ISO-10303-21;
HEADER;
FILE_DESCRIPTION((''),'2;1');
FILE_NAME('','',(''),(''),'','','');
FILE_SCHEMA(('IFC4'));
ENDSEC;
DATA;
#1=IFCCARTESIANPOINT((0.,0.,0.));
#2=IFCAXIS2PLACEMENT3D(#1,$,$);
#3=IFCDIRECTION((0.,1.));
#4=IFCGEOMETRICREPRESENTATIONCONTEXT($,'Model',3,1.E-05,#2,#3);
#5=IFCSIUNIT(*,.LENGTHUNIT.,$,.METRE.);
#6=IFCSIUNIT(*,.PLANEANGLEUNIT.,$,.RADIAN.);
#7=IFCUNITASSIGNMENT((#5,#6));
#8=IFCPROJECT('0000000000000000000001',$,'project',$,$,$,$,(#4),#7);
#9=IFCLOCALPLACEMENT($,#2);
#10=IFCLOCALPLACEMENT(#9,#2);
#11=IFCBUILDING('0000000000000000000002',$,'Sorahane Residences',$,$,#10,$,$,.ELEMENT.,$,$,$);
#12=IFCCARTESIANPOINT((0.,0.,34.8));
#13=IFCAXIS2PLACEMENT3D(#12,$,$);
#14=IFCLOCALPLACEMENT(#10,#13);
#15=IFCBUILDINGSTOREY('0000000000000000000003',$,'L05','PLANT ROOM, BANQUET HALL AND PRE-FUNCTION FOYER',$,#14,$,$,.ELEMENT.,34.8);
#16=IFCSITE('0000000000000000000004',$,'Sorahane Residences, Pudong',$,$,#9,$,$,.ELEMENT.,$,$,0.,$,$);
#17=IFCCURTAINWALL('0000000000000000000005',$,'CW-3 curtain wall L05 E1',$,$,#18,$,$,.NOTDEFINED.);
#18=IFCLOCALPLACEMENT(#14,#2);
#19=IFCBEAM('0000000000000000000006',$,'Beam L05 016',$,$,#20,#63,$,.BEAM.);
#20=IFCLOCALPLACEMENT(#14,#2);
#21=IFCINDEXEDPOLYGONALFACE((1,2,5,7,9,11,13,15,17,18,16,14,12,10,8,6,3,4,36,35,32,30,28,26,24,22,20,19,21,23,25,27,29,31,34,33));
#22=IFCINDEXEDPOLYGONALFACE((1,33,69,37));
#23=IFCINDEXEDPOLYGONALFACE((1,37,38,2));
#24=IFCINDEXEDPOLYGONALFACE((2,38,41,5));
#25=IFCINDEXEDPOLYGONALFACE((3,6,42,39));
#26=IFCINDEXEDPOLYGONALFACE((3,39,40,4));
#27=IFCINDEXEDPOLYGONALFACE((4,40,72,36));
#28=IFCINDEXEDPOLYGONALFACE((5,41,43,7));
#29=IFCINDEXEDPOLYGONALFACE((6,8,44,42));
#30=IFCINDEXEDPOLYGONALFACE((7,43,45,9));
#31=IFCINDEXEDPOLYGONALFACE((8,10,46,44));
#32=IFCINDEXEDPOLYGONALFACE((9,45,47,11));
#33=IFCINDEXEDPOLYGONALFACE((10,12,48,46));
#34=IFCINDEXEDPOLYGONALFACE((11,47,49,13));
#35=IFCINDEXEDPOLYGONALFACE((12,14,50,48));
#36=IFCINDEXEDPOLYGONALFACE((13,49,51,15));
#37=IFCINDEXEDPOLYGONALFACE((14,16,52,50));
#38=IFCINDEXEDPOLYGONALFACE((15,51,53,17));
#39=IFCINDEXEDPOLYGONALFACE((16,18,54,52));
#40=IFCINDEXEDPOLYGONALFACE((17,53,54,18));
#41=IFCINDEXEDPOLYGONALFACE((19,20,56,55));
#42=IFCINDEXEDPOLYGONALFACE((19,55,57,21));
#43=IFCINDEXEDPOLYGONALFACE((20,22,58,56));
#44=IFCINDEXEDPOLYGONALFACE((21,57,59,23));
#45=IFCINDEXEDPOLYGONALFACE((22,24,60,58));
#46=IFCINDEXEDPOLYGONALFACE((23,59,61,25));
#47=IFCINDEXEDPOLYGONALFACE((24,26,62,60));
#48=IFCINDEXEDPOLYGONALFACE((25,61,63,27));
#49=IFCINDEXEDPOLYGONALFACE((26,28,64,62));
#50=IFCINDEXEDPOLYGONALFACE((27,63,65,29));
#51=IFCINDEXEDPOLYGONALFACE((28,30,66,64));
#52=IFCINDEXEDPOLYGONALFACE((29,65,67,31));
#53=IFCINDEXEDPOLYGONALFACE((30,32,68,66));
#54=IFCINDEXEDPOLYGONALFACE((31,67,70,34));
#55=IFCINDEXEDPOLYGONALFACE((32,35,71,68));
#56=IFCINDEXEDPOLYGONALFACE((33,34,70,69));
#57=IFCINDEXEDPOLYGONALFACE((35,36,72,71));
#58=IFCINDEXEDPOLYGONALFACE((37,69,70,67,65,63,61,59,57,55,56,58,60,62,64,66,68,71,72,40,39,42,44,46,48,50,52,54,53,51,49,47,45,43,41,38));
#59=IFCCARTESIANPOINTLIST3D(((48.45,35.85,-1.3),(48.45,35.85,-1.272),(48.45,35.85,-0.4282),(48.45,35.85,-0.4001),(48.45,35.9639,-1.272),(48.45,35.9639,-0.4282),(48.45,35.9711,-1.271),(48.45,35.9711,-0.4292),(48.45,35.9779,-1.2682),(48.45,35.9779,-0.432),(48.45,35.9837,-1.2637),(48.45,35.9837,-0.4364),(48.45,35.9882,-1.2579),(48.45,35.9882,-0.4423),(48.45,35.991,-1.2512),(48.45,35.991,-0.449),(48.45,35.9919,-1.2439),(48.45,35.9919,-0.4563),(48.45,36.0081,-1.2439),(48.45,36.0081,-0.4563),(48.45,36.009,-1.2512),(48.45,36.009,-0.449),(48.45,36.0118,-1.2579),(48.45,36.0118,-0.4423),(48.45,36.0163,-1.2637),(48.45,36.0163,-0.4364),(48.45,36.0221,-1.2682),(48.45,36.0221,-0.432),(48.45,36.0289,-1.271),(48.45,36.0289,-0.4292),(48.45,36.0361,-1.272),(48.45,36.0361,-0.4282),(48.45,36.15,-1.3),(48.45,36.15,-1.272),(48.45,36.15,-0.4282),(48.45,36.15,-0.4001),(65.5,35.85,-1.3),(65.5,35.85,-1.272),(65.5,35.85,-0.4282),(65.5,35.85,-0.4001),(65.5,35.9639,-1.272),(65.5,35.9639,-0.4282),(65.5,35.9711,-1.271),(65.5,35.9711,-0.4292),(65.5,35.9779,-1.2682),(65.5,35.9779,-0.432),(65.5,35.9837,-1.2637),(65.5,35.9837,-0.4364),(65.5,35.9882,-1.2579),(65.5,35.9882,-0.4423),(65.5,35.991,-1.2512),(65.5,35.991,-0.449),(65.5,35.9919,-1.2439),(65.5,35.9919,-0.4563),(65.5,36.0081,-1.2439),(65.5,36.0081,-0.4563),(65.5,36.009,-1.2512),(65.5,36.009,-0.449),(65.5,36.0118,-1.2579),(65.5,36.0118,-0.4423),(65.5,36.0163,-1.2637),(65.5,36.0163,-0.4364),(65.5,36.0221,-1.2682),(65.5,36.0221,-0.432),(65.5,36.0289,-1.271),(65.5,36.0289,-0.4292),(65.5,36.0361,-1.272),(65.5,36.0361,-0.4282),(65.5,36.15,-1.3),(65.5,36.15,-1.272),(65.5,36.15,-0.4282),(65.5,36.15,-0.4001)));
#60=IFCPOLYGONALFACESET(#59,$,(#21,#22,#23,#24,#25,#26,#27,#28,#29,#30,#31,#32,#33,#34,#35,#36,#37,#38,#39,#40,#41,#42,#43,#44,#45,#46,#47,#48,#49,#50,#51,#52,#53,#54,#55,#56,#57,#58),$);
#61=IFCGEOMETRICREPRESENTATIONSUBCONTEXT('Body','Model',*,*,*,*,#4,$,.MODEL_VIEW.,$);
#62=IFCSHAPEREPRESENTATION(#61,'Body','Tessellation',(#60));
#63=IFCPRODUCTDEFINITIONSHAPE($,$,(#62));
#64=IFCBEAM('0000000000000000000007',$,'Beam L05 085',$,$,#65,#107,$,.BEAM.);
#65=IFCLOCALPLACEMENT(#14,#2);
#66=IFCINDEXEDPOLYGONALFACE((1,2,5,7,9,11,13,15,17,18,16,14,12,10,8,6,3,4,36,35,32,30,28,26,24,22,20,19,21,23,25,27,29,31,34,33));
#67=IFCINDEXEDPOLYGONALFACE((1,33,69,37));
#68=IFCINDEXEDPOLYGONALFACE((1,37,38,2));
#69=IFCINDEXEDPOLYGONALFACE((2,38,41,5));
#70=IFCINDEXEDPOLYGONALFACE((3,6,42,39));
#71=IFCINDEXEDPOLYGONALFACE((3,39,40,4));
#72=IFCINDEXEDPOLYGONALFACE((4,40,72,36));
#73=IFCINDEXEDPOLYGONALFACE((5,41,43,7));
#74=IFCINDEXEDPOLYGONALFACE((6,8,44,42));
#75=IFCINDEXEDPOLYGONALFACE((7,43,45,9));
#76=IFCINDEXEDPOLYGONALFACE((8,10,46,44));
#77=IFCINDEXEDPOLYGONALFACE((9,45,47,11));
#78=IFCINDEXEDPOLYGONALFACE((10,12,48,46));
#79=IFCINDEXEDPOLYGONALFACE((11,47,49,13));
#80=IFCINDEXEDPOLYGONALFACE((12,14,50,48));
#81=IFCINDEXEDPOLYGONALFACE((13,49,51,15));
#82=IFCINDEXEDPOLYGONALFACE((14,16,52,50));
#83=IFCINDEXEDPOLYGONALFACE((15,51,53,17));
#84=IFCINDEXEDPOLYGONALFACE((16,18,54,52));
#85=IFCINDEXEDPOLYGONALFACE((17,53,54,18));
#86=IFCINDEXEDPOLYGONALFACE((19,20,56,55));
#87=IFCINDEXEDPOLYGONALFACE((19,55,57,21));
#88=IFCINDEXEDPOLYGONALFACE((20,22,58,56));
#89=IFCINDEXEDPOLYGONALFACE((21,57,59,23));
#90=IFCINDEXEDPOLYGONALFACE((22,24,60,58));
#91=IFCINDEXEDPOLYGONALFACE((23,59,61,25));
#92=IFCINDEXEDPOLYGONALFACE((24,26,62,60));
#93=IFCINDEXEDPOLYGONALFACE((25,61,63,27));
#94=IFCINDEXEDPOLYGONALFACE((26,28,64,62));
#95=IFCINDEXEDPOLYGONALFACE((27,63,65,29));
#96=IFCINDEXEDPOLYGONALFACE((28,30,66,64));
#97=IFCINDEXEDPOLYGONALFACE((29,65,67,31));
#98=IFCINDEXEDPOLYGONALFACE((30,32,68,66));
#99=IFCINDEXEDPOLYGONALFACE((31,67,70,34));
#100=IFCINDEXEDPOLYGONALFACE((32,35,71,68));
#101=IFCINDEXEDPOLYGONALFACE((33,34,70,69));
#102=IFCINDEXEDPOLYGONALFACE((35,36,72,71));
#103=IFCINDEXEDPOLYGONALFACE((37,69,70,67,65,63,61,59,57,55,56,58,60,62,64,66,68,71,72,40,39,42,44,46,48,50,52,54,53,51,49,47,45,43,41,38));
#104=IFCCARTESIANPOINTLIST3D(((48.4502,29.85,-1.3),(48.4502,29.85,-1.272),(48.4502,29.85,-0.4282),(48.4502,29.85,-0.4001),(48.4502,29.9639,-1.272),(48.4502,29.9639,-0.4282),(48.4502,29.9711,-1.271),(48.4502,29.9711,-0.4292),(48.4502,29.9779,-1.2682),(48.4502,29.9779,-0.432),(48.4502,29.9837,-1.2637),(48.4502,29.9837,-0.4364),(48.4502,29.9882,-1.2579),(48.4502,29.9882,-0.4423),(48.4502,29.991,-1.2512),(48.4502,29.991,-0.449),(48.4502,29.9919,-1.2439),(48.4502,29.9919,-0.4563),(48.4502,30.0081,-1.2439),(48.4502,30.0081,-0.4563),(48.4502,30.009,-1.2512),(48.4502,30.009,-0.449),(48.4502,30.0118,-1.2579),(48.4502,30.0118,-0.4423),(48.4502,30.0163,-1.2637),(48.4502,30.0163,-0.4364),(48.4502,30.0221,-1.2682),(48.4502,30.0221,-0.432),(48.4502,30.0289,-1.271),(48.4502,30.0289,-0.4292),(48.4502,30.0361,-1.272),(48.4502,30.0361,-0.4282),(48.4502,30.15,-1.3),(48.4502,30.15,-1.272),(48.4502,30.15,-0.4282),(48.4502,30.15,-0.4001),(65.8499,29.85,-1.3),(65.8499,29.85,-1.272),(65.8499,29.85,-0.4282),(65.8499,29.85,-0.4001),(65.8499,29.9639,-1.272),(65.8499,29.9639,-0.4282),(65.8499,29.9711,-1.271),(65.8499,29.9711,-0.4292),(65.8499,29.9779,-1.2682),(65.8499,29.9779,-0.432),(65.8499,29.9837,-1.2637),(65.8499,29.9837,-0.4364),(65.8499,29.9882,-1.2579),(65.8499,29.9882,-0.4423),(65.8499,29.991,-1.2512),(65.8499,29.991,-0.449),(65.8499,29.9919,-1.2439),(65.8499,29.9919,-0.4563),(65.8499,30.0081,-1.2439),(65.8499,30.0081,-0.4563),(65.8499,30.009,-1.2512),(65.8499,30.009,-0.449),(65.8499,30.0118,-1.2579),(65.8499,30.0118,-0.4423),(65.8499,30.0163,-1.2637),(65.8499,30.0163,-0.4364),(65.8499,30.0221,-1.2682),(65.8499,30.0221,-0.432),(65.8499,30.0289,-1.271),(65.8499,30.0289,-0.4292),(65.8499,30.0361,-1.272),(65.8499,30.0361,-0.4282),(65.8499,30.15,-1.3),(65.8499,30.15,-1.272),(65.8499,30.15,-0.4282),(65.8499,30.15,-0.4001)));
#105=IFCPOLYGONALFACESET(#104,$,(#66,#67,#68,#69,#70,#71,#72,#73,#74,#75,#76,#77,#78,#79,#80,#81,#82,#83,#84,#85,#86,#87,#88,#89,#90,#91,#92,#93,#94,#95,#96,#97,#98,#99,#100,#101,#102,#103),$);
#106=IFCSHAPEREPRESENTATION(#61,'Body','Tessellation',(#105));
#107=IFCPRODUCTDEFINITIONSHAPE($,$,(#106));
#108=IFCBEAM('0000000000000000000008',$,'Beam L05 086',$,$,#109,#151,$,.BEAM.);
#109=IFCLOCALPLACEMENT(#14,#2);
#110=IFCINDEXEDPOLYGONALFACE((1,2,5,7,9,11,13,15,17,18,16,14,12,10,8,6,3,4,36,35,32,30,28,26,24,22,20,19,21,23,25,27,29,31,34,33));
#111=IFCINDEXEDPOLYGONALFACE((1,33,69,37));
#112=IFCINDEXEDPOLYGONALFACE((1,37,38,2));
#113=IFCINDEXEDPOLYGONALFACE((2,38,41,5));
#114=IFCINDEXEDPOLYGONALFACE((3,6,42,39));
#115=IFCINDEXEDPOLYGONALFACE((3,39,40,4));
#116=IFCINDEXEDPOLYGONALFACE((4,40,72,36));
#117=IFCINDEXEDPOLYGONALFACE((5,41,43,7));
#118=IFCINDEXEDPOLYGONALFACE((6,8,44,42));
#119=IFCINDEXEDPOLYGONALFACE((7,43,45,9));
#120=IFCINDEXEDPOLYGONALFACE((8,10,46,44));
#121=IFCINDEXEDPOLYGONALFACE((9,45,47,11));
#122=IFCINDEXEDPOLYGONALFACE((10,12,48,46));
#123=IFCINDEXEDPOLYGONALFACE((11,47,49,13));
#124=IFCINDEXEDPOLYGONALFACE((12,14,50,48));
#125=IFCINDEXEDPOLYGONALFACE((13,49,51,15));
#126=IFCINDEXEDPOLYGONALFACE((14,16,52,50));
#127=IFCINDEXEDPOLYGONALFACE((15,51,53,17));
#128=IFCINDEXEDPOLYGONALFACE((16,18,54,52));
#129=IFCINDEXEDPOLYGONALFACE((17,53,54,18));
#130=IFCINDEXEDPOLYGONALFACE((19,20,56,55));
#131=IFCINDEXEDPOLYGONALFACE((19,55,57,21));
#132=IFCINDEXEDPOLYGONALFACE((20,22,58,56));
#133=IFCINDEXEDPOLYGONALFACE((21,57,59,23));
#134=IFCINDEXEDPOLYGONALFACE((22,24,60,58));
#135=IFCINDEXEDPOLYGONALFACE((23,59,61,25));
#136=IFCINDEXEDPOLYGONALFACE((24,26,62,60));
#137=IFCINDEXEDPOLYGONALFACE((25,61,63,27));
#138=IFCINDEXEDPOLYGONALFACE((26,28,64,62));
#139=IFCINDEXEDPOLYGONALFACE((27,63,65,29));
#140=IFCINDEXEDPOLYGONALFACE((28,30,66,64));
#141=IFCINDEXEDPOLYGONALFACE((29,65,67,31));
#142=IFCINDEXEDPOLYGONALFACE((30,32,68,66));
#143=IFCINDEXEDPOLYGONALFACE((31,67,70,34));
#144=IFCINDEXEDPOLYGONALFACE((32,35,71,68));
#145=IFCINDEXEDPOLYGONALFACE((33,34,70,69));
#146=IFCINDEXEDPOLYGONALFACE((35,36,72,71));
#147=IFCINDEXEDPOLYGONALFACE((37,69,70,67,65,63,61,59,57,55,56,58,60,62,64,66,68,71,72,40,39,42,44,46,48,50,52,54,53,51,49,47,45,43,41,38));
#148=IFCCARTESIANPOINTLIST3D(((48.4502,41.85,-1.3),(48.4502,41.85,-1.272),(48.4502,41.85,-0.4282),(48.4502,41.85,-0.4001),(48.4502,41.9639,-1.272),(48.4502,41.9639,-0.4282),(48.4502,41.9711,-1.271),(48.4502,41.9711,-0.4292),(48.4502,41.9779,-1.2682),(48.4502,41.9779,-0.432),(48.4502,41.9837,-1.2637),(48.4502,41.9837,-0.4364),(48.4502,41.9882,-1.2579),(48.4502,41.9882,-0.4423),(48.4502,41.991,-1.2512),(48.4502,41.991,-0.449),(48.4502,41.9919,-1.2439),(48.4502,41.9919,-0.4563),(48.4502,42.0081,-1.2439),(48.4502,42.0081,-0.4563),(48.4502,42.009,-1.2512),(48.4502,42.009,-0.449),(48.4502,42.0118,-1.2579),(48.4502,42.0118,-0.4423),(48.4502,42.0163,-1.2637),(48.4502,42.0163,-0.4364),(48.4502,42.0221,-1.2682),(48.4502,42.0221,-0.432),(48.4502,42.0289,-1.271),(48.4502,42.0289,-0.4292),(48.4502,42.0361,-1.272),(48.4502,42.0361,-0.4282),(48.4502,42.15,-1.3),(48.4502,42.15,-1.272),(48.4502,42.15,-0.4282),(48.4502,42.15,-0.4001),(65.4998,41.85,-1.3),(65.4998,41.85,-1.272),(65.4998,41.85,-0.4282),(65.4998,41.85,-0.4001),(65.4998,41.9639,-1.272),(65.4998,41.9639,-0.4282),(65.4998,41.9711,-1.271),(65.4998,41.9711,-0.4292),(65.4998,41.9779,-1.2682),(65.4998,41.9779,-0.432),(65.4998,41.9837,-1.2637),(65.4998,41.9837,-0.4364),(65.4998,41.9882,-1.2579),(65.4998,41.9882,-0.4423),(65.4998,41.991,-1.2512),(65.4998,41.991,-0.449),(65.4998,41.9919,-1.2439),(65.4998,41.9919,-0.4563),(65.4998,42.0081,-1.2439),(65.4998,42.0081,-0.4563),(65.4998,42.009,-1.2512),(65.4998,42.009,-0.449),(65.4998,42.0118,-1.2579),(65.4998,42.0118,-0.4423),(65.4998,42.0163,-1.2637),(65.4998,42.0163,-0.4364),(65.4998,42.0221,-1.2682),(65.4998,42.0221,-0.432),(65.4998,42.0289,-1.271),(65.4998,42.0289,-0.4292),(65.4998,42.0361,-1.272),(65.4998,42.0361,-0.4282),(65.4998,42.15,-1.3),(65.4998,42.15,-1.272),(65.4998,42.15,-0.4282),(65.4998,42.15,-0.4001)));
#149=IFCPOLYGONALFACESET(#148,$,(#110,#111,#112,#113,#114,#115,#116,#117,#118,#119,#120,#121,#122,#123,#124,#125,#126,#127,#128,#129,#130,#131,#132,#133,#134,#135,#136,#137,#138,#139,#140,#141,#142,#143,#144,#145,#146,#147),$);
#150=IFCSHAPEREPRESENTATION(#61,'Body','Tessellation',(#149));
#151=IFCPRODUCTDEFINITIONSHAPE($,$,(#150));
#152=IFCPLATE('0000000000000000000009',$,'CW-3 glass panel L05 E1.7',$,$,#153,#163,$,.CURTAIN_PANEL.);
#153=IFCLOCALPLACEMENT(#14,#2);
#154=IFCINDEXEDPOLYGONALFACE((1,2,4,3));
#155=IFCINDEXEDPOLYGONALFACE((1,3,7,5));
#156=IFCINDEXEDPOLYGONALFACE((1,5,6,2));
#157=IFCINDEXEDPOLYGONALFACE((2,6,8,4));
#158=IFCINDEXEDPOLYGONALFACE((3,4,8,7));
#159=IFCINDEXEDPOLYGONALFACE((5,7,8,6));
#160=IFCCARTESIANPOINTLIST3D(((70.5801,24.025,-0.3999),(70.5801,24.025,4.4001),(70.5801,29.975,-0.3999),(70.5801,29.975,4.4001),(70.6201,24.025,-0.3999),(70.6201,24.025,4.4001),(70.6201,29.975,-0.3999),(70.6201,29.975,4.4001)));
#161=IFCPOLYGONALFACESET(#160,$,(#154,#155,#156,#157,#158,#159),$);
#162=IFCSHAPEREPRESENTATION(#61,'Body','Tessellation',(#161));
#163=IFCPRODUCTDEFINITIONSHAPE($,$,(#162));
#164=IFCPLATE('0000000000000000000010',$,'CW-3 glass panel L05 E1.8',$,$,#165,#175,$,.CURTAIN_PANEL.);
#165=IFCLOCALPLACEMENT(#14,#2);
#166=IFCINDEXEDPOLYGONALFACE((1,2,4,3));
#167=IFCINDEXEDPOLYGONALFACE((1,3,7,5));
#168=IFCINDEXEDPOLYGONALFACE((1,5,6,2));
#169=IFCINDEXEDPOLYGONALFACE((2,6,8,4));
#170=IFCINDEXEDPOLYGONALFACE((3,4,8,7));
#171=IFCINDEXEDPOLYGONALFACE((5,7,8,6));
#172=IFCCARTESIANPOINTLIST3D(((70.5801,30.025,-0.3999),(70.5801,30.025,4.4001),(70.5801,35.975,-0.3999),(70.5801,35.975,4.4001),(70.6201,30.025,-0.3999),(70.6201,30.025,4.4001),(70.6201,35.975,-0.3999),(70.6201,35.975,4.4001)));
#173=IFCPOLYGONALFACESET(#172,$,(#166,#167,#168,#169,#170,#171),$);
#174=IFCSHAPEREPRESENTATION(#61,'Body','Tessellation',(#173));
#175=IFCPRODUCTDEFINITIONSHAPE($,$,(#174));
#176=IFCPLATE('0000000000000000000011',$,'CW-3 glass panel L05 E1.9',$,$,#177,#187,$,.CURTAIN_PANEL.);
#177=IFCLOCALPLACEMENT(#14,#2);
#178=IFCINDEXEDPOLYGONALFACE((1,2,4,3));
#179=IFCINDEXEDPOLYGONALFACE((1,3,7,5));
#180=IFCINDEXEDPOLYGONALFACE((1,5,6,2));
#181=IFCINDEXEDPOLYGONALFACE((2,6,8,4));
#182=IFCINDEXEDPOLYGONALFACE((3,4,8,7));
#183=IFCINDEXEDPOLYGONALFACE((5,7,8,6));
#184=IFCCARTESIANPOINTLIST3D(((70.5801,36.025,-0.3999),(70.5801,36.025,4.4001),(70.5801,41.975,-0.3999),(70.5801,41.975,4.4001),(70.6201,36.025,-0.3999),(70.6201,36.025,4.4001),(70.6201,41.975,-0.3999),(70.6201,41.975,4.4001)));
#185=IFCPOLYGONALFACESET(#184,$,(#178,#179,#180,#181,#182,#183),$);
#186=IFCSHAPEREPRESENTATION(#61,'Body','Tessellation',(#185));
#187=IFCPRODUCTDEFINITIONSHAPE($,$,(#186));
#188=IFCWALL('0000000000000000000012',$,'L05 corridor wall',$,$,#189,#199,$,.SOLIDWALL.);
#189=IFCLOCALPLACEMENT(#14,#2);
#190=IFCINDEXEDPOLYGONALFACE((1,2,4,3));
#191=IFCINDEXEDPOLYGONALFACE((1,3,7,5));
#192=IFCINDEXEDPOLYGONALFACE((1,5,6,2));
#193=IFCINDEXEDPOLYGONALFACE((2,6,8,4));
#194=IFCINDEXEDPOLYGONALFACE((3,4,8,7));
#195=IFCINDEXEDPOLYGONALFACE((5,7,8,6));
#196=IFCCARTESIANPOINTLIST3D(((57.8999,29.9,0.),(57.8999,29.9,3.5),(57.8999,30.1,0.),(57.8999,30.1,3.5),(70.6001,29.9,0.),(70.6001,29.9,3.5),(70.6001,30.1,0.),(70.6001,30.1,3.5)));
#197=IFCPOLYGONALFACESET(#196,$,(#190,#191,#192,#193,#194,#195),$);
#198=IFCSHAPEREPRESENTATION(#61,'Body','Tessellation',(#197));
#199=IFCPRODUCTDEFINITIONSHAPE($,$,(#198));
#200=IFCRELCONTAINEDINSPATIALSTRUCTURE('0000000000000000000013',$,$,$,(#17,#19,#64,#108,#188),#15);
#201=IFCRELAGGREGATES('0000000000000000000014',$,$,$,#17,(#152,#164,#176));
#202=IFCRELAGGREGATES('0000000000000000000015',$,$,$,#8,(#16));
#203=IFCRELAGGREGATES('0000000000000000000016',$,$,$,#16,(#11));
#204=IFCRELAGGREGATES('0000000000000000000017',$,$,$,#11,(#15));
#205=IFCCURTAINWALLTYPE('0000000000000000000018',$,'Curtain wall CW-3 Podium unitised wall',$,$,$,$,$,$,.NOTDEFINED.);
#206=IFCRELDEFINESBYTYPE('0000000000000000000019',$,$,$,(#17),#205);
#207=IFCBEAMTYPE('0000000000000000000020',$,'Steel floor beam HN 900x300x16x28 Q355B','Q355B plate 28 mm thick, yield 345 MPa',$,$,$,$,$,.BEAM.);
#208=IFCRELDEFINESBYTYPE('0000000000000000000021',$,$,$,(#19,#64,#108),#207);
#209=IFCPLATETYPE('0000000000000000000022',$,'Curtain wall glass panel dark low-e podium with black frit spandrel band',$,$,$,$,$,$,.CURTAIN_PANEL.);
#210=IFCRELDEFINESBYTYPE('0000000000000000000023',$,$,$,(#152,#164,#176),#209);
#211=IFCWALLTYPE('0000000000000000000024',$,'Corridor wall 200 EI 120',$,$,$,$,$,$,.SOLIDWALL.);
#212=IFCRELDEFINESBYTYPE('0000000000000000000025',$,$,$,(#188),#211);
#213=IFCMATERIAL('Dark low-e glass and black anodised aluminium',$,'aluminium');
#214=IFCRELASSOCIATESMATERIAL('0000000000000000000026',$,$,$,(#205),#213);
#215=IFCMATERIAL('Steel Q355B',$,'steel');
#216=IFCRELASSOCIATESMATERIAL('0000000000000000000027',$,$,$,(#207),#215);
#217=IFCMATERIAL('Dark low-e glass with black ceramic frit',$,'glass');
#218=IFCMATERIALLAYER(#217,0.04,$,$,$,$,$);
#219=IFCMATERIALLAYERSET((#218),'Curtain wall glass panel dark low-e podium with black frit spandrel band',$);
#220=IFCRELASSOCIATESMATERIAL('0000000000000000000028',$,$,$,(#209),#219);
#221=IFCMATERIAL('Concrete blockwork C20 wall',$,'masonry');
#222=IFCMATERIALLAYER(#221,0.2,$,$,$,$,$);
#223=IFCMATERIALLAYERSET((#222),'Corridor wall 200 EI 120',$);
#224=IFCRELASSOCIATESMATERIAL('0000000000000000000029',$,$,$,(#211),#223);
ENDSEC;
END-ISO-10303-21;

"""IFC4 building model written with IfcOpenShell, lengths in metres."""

from ifc_helpers import new_model, si_unit, direction, frame, frame_2d, origin, origin_2d, place, context, subcontext, project, spatial, rectangle, i_section, extrude, material, layer, layer_set, material_profile, profile_set, type_object, element, aggregate, save


model = new_model("IFC4")

# Units and contexts
model_context = context("Model", 3, precision=1e-05, world=origin(), true_north=direction((0.0, 1.0)))
body_context = subcontext(model_context, "Body", "Model", "MODEL_VIEW")
ifc_project = project(units=[si_unit("LENGTHUNIT", "METRE"), si_unit("PLANEANGLEUNIT", "RADIAN")], contexts=[model_context])

# Site, building, storey
site_placement = place(None, origin())
site = spatial("IfcSite", under=ifc_project, at=site_placement, Name="Sorahane Residences, Pudong", CompositionType="ELEMENT", RefElevation=0.0)
building_placement = place(site_placement, origin())
building = spatial("IfcBuilding", under=site, at=building_placement, Name="Sorahane Residences", CompositionType="ELEMENT")
storey_placement = place(building_placement, frame((0.0, 0.0, 34.8)))
storey = spatial("IfcBuildingStorey", under=building, at=storey_placement, Name="L05", Description="PLANT ROOM, BANQUET HALL AND PRE-FUNCTION FOYER", CompositionType="ELEMENT", Elevation=34.8)

# Curtain wall
ifc_material_1 = material(Name="Dark low-e glass and black anodised aluminium", Category="aluminium")
curtain_wall_type = type_object("IfcCurtainWallType", Name="Curtain wall CW-3 Podium unitised wall", PredefinedType="NOTDEFINED", material=ifc_material_1)
curtain_wall_placement = place(storey_placement, origin())
curtain_wall = element("IfcCurtainWall", 1, at=curtain_wall_placement, inside=storey, type_object=curtain_wall_type, Name="CW-3 curtain wall L05 E1", PredefinedType="NOTDEFINED")

# Beams
ifc_material_2 = material(Name="Steel Q355B", Category="steel")
ifc_material_profile_1 = material_profile(ifc_material_2, i_section(OverallWidth=0.3, OverallDepth=0.8999, WebThickness=0.0161, FlangeThickness=0.0281, FilletRadius=0.0281, at=origin_2d()), Name="HN 900x300x16x28")
ifc_profile_set_1 = profile_set([ifc_material_profile_1], Name="Steel Q355B")
beam_type_1 = type_object("IfcBeamType", Name="Steel floor beam HN 900x300x16x28 Q355B", Description="Q355B plate 28 mm thick, yield 345 MPa", PredefinedType="BEAM", material=ifc_profile_set_1)
beam_1_placement = place(storey_placement, frame((48.45, 36.0, -0.8501), z_axis=(1.0, 0.0, 0.0), x_axis=(0.0, 1.0, 0.0)))
element("IfcBeam", 2, at=beam_1_placement, inside=storey, type_object=beam_type_1, Name="Beam L05 016", PredefinedType="BEAM", context=body_context, shape_type="SweptSolid", body=[
    extrude(i_section(OverallWidth=0.3, OverallDepth=0.8999, WebThickness=0.0161, FlangeThickness=0.0281, FilletRadius=0.0281, at=origin_2d()), origin(), (0.0, 0.0, 1.0), 17.05),
])
beam_2_placement = place(storey_placement, frame((48.4502, 30.0, -0.8501), z_axis=(1.0, 0.0, 0.0), x_axis=(0.0, 1.0, 0.0)))
element("IfcBeam", 3, at=beam_2_placement, inside=storey, type_object=beam_type_1, Name="Beam L05 085", PredefinedType="BEAM", context=body_context, shape_type="SweptSolid", body=[
    extrude(i_section(OverallWidth=0.3, OverallDepth=0.8999, WebThickness=0.0161, FlangeThickness=0.0281, FilletRadius=0.0281, at=origin_2d()), origin(), (0.0, 0.0, 1.0), 17.3997),
])
beam_3_placement = place(storey_placement, frame((48.4502, 42.0, -0.8501), z_axis=(1.0, 0.0, 0.0), x_axis=(0.0, 1.0, 0.0)))
element("IfcBeam", 4, at=beam_3_placement, inside=storey, type_object=beam_type_1, Name="Beam L05 086", PredefinedType="BEAM", context=body_context, shape_type="SweptSolid", body=[
    extrude(i_section(OverallWidth=0.3, OverallDepth=0.8999, WebThickness=0.0161, FlangeThickness=0.0281, FilletRadius=0.0281, at=origin_2d()), origin(), (0.0, 0.0, 1.0), 17.0496),
])

# Plates
ifc_material_3 = material(Name="Dark low-e glass with black ceramic frit", Category="glass")
ifc_layer_1 = layer(ifc_material_3, 0.04)
ifc_layer_set_1 = layer_set([ifc_layer_1], Name="Curtain wall glass panel dark low-e podium with black frit spandrel band")
plate_type = type_object("IfcPlateType", Name="Curtain wall glass panel dark low-e podium with black frit spandrel band", PredefinedType="CURTAIN_PANEL", material=ifc_layer_set_1)
plate_1_placement = place(storey_placement, frame((70.6001, 27.0, -0.3999), z_axis=(0.0, 0.0, 1.0), x_axis=(0.0, 1.0, 0.0)))
plate_1 = element("IfcPlate", 5, at=plate_1_placement, type_object=plate_type, Name="CW-3 glass panel L05 E1.7", PredefinedType="CURTAIN_PANEL", context=body_context, shape_type="SweptSolid", body=[
    extrude(rectangle(XDim=5.95, YDim=0.04, at=origin_2d()), origin(), (0.0, 0.0, 1.0), 4.8),
])
plate_2_placement = place(storey_placement, frame((70.6001, 33.0, -0.3999), z_axis=(0.0, 0.0, 1.0), x_axis=(0.0, 1.0, 0.0)))
plate_2 = element("IfcPlate", 6, at=plate_2_placement, type_object=plate_type, Name="CW-3 glass panel L05 E1.8", PredefinedType="CURTAIN_PANEL", context=body_context, shape_type="SweptSolid", body=[
    extrude(rectangle(XDim=5.95, YDim=0.04, at=origin_2d()), origin(), (0.0, 0.0, 1.0), 4.8),
])
plate_3_placement = place(storey_placement, frame((70.6001, 39.0, -0.3999), z_axis=(0.0, 0.0, 1.0), x_axis=(0.0, 1.0, 0.0)))
plate_3 = element("IfcPlate", 7, at=plate_3_placement, type_object=plate_type, Name="CW-3 glass panel L05 E1.9", PredefinedType="CURTAIN_PANEL", context=body_context, shape_type="SweptSolid", body=[
    extrude(rectangle(XDim=5.95, YDim=0.04, at=origin_2d()), origin(), (0.0, 0.0, 1.0), 4.8),
])
aggregate(curtain_wall, [plate_1, plate_2, plate_3])

# Wall
ifc_material_4 = material(Name="Concrete blockwork C20 wall", Category="masonry")
ifc_layer_2 = layer(ifc_material_4, 0.2)
ifc_layer_set_2 = layer_set([ifc_layer_2], Name="Corridor wall 200 EI 120")
wall_type = type_object("IfcWallType", Name="Corridor wall 200 EI 120", PredefinedType="SOLIDWALL", material=ifc_layer_set_2)
for number, where, z_axis, x_axis, name in (
    (8, (57.8999, 30.0, 0.0), (0.0, 0.0, 1.0), (1.0, 0.0, 0.0), "L05 corridor wall"),
):
    element("IfcWall", number, at=place(storey_placement, frame(where, z_axis=z_axis, x_axis=x_axis)), inside=storey, type_object=wall_type, Name=name, PredefinedType="SOLIDWALL", context=body_context, shape_type="SweptSolid", body=[
        extrude(rectangle(XDim=12.7002, YDim=0.2, at=frame_2d((6.3501, 0.0))), origin(), (0.0, 0.0, 1.0), 3.5),
    ])

save(model, "model.ifc")
